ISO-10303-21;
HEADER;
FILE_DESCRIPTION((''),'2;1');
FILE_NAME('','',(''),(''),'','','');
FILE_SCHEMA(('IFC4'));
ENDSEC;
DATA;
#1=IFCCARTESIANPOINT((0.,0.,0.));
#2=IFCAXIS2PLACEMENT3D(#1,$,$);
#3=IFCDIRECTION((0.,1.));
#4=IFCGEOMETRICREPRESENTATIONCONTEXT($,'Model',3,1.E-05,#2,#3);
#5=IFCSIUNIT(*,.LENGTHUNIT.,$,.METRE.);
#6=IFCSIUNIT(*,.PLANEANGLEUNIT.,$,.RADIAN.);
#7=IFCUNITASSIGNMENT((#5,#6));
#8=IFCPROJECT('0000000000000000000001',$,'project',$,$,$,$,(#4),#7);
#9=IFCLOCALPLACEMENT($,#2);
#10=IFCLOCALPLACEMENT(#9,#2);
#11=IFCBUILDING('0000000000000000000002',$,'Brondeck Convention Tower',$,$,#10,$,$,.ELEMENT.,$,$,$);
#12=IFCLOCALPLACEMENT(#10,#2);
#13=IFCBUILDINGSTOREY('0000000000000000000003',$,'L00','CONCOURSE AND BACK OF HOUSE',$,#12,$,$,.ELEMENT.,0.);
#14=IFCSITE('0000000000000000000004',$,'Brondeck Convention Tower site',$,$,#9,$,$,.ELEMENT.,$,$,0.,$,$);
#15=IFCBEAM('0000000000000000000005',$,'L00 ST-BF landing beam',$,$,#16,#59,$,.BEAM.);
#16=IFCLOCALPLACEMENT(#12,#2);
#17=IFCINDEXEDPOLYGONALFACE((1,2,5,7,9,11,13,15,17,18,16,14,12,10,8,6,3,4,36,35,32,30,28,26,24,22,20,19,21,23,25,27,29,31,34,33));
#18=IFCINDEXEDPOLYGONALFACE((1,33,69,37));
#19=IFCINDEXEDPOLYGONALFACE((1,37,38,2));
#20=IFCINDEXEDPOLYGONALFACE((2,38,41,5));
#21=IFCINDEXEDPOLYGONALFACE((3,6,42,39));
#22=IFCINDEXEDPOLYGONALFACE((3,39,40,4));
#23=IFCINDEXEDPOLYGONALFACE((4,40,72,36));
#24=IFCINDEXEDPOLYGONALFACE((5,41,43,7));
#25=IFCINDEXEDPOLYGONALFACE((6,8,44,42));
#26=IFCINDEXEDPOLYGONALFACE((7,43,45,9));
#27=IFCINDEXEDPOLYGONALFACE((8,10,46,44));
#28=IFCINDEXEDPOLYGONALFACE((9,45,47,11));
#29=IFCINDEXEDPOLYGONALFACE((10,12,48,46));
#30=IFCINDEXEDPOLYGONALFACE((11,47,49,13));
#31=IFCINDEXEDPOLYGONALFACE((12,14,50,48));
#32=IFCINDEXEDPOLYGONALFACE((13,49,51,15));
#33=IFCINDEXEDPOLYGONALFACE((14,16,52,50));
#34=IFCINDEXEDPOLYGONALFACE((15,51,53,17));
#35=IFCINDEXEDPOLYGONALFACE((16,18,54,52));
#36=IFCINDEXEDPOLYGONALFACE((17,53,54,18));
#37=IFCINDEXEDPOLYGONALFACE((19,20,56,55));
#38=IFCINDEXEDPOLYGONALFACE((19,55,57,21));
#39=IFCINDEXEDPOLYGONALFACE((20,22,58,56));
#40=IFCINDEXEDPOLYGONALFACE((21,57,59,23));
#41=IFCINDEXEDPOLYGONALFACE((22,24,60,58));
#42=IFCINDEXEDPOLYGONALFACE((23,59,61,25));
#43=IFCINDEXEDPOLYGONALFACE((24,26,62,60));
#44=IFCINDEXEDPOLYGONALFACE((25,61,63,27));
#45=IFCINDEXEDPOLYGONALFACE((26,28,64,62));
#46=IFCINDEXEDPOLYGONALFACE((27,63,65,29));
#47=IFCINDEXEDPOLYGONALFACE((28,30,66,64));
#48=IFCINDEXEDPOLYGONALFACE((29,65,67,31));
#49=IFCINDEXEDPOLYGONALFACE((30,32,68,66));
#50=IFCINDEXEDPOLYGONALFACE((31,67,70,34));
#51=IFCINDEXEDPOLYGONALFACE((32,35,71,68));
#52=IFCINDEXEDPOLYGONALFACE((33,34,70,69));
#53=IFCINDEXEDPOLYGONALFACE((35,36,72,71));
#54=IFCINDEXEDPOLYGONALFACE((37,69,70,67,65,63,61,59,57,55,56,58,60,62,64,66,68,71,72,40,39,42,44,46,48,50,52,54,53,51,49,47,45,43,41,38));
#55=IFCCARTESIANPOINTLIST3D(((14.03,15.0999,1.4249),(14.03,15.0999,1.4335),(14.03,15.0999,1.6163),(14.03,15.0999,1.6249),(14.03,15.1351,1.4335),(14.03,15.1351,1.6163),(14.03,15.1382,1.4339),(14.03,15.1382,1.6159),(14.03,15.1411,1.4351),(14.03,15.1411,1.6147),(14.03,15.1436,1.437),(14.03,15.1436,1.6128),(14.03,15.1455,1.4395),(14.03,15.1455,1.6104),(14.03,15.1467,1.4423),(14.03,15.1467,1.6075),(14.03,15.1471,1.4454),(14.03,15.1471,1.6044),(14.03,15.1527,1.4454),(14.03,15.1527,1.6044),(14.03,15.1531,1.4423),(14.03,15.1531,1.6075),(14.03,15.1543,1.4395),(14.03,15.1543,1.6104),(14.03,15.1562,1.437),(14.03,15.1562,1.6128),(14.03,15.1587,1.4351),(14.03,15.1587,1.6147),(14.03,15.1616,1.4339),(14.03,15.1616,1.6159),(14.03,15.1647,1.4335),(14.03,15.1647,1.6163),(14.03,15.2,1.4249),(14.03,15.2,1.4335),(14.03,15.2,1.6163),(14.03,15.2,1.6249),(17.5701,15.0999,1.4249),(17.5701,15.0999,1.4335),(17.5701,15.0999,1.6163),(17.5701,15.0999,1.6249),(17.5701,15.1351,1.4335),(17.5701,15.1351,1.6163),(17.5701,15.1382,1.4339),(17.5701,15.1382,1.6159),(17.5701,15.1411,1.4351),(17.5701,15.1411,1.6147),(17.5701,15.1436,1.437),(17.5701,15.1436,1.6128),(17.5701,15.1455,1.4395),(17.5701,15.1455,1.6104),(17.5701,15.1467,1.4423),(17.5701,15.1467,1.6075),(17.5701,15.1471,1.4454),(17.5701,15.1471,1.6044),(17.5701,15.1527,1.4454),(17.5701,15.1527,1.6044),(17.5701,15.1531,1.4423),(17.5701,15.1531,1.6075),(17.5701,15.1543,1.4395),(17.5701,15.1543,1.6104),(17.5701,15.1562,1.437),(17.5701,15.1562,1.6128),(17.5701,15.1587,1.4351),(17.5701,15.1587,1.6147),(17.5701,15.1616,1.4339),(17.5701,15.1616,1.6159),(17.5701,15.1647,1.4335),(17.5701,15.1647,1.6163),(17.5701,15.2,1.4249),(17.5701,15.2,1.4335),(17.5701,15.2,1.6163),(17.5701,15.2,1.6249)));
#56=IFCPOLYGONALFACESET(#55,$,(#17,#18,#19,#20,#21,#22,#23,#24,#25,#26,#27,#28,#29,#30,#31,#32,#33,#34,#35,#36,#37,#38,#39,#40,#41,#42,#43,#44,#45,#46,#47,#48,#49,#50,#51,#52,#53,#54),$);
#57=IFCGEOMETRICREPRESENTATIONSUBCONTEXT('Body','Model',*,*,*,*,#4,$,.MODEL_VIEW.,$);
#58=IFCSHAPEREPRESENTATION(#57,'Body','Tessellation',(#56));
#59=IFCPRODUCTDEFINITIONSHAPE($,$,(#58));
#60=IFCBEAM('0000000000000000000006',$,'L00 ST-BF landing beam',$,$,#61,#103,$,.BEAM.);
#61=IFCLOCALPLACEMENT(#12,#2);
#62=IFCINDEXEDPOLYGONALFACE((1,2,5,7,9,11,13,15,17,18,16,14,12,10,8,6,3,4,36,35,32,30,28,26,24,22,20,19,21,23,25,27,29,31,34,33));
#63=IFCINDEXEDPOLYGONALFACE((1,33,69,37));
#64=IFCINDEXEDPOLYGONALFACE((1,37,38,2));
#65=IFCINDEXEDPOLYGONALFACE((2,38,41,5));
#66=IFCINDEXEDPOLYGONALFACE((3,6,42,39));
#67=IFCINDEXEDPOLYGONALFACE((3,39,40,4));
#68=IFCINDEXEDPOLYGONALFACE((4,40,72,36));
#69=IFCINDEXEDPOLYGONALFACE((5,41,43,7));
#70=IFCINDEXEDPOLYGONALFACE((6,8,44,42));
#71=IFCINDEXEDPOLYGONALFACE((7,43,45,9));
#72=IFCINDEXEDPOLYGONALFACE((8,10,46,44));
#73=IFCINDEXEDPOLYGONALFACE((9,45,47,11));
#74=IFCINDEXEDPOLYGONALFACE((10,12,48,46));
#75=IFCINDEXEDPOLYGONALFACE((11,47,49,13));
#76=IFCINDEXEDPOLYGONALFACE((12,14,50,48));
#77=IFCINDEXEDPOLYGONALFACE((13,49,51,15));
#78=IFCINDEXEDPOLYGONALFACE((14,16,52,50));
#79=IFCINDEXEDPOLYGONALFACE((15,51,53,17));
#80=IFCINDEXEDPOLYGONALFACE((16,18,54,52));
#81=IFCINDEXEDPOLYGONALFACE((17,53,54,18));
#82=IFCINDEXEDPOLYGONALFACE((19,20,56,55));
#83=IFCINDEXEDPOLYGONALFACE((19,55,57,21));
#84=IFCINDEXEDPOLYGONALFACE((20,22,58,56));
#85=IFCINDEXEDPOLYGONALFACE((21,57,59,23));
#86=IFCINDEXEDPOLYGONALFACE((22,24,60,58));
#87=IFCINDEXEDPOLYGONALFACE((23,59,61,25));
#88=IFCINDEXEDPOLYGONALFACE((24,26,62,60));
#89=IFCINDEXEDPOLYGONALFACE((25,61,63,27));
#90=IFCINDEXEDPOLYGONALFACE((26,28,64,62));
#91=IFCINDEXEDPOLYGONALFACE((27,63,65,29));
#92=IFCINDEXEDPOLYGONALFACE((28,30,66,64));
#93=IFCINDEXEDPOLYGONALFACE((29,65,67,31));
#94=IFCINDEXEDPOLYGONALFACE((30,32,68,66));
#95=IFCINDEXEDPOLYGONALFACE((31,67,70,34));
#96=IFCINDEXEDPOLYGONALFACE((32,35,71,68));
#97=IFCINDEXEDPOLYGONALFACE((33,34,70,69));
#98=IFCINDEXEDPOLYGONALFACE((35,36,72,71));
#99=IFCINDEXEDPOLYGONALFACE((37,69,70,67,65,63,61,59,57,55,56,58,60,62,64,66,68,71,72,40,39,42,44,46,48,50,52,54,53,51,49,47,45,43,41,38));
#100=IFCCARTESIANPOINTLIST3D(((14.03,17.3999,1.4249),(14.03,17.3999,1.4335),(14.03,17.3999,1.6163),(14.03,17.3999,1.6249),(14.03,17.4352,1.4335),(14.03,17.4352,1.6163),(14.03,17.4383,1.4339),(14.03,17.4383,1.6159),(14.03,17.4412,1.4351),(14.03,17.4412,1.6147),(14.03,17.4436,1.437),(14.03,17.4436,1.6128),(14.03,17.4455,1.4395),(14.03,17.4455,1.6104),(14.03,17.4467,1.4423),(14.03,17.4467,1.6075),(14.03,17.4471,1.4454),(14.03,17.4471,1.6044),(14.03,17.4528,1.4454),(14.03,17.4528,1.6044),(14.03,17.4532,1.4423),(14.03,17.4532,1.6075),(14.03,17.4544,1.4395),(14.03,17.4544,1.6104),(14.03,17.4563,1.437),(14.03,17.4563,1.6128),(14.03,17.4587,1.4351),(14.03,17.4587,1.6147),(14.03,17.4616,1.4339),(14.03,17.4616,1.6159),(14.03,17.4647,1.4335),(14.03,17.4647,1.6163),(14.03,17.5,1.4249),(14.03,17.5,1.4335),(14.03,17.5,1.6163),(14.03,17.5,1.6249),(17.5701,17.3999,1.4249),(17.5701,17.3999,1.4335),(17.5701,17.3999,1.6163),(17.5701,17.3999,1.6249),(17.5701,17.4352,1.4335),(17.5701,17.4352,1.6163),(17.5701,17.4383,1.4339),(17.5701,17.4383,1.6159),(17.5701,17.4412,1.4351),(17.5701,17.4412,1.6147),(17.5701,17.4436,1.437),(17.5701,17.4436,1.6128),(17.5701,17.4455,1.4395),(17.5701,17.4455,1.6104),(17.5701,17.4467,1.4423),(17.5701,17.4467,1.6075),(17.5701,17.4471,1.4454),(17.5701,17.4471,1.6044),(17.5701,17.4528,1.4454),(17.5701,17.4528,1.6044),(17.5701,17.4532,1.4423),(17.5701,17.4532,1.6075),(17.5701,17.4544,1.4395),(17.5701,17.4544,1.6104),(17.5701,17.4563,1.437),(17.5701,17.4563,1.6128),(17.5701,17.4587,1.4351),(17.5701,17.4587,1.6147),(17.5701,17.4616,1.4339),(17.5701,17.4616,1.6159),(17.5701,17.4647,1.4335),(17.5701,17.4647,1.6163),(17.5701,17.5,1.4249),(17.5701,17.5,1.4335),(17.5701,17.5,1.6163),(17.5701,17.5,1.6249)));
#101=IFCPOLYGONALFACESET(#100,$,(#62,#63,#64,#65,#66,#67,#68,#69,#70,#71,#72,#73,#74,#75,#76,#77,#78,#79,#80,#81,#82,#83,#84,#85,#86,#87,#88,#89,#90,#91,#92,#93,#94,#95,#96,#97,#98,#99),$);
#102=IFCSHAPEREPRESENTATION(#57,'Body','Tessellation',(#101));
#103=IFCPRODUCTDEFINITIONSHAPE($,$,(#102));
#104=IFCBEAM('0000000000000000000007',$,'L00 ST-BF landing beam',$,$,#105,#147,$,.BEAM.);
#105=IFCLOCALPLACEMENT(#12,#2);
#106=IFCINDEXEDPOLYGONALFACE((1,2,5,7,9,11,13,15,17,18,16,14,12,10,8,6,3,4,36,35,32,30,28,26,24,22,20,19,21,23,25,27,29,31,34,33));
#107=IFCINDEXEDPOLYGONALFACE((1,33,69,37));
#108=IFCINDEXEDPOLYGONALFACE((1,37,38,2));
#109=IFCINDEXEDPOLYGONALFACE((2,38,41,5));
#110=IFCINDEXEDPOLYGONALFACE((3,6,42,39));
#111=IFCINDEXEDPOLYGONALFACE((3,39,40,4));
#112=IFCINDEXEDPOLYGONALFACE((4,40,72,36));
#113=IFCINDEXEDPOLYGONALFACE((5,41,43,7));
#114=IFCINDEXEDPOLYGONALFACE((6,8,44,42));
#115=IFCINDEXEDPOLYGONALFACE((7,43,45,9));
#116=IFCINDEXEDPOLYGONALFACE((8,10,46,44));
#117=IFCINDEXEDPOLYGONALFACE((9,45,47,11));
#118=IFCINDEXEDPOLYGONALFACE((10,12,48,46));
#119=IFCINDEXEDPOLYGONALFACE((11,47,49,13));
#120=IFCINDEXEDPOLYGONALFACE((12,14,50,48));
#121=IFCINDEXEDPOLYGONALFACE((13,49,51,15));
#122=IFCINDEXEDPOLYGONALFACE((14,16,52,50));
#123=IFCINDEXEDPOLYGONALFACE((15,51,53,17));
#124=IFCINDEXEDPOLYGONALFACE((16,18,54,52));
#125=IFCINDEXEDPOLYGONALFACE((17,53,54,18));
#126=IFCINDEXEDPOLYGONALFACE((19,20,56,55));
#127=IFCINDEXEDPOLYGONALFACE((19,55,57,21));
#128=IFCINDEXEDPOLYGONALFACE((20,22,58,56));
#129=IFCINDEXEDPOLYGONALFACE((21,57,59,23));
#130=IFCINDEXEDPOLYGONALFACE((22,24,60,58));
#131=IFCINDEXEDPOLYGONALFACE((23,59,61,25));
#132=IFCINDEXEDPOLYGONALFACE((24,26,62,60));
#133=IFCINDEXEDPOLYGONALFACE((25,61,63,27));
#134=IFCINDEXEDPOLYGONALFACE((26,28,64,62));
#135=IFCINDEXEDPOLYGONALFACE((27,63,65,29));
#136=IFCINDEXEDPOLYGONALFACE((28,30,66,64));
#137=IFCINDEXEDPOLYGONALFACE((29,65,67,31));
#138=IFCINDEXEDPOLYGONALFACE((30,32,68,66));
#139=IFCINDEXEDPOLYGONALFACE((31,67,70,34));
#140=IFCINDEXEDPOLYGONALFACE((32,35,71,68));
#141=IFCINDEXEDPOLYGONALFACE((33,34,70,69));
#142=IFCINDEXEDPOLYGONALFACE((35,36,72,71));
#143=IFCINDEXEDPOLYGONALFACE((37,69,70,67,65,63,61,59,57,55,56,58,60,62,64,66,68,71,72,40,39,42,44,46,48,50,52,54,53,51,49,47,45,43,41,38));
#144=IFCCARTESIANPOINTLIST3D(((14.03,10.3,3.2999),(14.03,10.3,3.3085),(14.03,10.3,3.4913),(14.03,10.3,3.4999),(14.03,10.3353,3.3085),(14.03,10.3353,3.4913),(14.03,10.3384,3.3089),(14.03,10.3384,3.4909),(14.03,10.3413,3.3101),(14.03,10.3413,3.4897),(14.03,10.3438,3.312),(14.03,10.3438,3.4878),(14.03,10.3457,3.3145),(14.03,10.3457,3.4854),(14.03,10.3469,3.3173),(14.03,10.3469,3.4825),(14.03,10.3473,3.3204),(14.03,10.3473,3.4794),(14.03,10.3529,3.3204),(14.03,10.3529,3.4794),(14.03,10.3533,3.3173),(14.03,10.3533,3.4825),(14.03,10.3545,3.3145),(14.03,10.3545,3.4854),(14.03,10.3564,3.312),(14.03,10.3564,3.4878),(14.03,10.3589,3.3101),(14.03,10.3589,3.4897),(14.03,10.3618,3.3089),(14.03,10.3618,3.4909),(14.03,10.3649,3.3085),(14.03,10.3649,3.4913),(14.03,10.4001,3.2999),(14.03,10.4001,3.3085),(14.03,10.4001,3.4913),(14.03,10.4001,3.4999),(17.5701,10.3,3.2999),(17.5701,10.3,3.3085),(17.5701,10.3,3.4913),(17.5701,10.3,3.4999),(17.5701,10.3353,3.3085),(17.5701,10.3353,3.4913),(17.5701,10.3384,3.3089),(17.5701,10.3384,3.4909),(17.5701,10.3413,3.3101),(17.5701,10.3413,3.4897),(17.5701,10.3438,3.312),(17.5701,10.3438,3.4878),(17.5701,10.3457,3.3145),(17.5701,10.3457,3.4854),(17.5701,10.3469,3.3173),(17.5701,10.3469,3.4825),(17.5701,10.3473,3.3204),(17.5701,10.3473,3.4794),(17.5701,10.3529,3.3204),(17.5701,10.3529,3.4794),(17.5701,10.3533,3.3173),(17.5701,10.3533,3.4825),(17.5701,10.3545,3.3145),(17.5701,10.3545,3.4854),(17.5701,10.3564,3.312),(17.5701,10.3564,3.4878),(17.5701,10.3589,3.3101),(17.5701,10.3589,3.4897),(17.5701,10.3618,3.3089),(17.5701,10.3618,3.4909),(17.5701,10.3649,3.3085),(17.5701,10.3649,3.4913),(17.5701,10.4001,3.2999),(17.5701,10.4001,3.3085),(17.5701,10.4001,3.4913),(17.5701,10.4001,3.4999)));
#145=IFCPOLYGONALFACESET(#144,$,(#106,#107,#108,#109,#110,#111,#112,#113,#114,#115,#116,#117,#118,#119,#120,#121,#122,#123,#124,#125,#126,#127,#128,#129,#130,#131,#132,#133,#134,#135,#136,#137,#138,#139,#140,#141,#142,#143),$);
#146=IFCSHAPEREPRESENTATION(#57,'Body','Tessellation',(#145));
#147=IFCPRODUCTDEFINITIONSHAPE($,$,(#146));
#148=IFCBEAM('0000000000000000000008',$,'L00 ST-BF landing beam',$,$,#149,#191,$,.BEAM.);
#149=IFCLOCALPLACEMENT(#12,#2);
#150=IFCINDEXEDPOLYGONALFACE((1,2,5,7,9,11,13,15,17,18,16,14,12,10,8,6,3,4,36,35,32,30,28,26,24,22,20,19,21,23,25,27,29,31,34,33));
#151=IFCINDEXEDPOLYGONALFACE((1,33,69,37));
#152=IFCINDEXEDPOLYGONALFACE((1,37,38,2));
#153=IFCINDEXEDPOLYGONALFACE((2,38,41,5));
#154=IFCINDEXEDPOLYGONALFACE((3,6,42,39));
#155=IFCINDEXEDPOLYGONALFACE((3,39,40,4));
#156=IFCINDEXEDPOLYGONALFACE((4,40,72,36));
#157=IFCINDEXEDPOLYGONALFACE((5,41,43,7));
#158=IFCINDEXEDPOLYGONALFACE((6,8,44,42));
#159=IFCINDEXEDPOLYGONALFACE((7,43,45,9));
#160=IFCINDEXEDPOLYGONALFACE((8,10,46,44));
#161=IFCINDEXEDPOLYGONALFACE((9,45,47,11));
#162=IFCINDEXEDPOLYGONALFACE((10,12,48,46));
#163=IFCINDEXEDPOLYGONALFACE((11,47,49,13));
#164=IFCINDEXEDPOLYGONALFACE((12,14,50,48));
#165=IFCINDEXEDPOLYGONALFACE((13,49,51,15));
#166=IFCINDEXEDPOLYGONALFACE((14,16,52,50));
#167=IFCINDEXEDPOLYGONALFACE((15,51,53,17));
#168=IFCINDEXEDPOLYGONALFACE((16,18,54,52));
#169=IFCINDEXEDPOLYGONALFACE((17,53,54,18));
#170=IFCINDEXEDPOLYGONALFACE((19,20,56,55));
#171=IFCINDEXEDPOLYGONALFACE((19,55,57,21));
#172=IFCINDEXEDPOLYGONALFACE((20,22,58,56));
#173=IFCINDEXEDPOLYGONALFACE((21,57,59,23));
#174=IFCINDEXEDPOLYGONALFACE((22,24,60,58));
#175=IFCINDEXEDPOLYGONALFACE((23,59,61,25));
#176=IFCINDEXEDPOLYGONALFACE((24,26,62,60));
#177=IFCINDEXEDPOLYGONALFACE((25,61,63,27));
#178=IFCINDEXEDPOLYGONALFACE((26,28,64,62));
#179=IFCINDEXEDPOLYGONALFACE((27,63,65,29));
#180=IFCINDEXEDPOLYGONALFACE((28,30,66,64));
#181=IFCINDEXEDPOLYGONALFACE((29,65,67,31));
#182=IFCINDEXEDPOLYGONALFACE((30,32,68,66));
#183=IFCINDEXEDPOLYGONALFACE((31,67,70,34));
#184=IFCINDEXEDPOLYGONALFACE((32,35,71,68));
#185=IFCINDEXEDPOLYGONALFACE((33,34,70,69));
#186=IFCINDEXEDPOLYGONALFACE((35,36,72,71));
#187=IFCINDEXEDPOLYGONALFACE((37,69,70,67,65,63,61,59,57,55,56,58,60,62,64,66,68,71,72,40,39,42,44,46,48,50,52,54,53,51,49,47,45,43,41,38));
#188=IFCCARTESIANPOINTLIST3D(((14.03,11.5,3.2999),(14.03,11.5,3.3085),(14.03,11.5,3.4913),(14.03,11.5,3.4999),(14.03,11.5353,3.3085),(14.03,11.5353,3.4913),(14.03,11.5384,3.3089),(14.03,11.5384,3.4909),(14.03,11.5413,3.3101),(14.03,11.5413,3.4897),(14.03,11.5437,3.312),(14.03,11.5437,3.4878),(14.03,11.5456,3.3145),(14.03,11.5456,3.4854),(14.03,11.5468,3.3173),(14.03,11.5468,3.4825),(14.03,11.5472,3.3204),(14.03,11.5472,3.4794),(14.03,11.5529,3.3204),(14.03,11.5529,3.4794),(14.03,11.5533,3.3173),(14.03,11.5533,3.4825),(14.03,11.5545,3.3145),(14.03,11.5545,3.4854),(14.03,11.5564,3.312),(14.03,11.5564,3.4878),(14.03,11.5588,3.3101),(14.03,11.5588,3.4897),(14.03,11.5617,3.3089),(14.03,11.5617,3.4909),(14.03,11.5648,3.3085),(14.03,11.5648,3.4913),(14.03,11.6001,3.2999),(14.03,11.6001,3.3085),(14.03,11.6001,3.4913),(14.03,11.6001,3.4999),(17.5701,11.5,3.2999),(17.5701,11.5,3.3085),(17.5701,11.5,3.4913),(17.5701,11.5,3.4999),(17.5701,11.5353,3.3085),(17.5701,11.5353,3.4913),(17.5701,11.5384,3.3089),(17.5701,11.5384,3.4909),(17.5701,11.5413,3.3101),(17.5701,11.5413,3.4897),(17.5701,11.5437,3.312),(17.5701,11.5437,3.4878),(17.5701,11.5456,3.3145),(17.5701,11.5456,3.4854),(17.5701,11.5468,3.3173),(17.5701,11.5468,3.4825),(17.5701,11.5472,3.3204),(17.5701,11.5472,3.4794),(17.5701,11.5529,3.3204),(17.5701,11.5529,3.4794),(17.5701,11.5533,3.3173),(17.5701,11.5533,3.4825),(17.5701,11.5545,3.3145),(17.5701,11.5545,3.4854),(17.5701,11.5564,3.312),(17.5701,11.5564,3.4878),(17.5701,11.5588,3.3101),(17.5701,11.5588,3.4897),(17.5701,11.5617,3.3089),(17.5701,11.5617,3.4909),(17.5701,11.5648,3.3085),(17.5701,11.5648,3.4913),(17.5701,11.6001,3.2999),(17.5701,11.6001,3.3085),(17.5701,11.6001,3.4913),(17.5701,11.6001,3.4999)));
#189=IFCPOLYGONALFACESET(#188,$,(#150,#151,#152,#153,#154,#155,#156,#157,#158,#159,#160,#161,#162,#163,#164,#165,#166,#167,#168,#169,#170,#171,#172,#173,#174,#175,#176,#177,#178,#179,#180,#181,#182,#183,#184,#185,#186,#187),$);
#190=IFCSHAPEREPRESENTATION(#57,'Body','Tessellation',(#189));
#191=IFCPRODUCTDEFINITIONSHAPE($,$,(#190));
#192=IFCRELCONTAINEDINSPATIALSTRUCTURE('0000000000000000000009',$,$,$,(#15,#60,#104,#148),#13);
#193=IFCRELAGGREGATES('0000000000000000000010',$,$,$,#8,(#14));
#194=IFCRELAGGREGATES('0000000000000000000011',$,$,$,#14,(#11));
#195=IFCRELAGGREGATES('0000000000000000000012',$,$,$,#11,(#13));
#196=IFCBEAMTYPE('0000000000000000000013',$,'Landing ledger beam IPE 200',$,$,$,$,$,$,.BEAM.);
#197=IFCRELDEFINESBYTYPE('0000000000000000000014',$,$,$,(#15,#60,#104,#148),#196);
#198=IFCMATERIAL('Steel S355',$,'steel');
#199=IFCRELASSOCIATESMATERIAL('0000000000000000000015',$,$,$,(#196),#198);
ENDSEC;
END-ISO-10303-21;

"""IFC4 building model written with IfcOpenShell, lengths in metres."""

from ifc_helpers import new_model, si_unit, direction, frame, origin, origin_2d, place, context, subcontext, project, spatial, i_section, extrude, material, material_profile, profile_set, type_object, element, save


model = new_model("IFC4")

# Units and contexts
model_context = context("Model", 3, precision=1e-05, world=origin(), true_north=direction((0.0, 1.0)))
body_context = subcontext(model_context, "Body", "Model", "MODEL_VIEW")
ifc_project = project(units=[si_unit("LENGTHUNIT", "METRE"), si_unit("PLANEANGLEUNIT", "RADIAN")], contexts=[model_context])

# Site, building, storey
site_placement = place(None, origin())
site = spatial("IfcSite", under=ifc_project, at=site_placement, Name="Brondeck Convention Tower site", CompositionType="ELEMENT", RefElevation=0.0)
building_placement = place(site_placement, origin())
building = spatial("IfcBuilding", under=site, at=building_placement, Name="Brondeck Convention Tower", CompositionType="ELEMENT")
storey_placement = place(building_placement, origin())
storey = spatial("IfcBuildingStorey", under=building, at=storey_placement, Name="L00", Description="CONCOURSE AND BACK OF HOUSE", CompositionType="ELEMENT", Elevation=0.0)

# Beams
ifc_material_1 = material(Name="Steel S355", Category="steel")
ifc_material_profile = material_profile(ifc_material_1, i_section(OverallWidth=0.1001, OverallDepth=0.2, WebThickness=0.0056, FlangeThickness=0.0085, FilletRadius=0.012, at=origin_2d()), Name="IPE200")
ifc_profile_set = profile_set([ifc_material_profile], Name="Steel S355")
beam_type = type_object("IfcBeamType", Name="Landing ledger beam IPE 200", PredefinedType="BEAM", material=ifc_profile_set)
for number, where, z_axis, x_axis, name in (
    (1, (17.5701, 15.1499, 1.5249), (-1.0, 0.0, 0.0), (0.0, -1.0, 0.0), "L00 ST-BF landing beam"),
    (2, (17.5701, 17.45, 1.5249), (-1.0, 0.0, 0.0), (0.0, -1.0, 0.0), "L00 ST-BF landing beam"),
    (3, (17.5701, 10.3501, 3.3999), (-1.0, 0.0, 0.0), (0.0, -1.0, 0.0), "L00 ST-BF landing beam"),
    (4, (17.5701, 11.55, 3.3999), (-1.0, 0.0, 0.0), (0.0, -1.0, 0.0), "L00 ST-BF landing beam"),
):
    element("IfcBeam", number, at=place(storey_placement, frame(where, z_axis=z_axis, x_axis=x_axis)), inside=storey, type_object=beam_type, Name=name, PredefinedType="BEAM", context=body_context, shape_type="SweptSolid", body=[
        extrude(i_section(OverallWidth=0.1001, OverallDepth=0.2, WebThickness=0.0056, FlangeThickness=0.0085, FilletRadius=0.012, at=origin_2d()), origin(), (0.0, 0.0, 1.0), 3.54),
    ])

save(model, "model.ifc")
